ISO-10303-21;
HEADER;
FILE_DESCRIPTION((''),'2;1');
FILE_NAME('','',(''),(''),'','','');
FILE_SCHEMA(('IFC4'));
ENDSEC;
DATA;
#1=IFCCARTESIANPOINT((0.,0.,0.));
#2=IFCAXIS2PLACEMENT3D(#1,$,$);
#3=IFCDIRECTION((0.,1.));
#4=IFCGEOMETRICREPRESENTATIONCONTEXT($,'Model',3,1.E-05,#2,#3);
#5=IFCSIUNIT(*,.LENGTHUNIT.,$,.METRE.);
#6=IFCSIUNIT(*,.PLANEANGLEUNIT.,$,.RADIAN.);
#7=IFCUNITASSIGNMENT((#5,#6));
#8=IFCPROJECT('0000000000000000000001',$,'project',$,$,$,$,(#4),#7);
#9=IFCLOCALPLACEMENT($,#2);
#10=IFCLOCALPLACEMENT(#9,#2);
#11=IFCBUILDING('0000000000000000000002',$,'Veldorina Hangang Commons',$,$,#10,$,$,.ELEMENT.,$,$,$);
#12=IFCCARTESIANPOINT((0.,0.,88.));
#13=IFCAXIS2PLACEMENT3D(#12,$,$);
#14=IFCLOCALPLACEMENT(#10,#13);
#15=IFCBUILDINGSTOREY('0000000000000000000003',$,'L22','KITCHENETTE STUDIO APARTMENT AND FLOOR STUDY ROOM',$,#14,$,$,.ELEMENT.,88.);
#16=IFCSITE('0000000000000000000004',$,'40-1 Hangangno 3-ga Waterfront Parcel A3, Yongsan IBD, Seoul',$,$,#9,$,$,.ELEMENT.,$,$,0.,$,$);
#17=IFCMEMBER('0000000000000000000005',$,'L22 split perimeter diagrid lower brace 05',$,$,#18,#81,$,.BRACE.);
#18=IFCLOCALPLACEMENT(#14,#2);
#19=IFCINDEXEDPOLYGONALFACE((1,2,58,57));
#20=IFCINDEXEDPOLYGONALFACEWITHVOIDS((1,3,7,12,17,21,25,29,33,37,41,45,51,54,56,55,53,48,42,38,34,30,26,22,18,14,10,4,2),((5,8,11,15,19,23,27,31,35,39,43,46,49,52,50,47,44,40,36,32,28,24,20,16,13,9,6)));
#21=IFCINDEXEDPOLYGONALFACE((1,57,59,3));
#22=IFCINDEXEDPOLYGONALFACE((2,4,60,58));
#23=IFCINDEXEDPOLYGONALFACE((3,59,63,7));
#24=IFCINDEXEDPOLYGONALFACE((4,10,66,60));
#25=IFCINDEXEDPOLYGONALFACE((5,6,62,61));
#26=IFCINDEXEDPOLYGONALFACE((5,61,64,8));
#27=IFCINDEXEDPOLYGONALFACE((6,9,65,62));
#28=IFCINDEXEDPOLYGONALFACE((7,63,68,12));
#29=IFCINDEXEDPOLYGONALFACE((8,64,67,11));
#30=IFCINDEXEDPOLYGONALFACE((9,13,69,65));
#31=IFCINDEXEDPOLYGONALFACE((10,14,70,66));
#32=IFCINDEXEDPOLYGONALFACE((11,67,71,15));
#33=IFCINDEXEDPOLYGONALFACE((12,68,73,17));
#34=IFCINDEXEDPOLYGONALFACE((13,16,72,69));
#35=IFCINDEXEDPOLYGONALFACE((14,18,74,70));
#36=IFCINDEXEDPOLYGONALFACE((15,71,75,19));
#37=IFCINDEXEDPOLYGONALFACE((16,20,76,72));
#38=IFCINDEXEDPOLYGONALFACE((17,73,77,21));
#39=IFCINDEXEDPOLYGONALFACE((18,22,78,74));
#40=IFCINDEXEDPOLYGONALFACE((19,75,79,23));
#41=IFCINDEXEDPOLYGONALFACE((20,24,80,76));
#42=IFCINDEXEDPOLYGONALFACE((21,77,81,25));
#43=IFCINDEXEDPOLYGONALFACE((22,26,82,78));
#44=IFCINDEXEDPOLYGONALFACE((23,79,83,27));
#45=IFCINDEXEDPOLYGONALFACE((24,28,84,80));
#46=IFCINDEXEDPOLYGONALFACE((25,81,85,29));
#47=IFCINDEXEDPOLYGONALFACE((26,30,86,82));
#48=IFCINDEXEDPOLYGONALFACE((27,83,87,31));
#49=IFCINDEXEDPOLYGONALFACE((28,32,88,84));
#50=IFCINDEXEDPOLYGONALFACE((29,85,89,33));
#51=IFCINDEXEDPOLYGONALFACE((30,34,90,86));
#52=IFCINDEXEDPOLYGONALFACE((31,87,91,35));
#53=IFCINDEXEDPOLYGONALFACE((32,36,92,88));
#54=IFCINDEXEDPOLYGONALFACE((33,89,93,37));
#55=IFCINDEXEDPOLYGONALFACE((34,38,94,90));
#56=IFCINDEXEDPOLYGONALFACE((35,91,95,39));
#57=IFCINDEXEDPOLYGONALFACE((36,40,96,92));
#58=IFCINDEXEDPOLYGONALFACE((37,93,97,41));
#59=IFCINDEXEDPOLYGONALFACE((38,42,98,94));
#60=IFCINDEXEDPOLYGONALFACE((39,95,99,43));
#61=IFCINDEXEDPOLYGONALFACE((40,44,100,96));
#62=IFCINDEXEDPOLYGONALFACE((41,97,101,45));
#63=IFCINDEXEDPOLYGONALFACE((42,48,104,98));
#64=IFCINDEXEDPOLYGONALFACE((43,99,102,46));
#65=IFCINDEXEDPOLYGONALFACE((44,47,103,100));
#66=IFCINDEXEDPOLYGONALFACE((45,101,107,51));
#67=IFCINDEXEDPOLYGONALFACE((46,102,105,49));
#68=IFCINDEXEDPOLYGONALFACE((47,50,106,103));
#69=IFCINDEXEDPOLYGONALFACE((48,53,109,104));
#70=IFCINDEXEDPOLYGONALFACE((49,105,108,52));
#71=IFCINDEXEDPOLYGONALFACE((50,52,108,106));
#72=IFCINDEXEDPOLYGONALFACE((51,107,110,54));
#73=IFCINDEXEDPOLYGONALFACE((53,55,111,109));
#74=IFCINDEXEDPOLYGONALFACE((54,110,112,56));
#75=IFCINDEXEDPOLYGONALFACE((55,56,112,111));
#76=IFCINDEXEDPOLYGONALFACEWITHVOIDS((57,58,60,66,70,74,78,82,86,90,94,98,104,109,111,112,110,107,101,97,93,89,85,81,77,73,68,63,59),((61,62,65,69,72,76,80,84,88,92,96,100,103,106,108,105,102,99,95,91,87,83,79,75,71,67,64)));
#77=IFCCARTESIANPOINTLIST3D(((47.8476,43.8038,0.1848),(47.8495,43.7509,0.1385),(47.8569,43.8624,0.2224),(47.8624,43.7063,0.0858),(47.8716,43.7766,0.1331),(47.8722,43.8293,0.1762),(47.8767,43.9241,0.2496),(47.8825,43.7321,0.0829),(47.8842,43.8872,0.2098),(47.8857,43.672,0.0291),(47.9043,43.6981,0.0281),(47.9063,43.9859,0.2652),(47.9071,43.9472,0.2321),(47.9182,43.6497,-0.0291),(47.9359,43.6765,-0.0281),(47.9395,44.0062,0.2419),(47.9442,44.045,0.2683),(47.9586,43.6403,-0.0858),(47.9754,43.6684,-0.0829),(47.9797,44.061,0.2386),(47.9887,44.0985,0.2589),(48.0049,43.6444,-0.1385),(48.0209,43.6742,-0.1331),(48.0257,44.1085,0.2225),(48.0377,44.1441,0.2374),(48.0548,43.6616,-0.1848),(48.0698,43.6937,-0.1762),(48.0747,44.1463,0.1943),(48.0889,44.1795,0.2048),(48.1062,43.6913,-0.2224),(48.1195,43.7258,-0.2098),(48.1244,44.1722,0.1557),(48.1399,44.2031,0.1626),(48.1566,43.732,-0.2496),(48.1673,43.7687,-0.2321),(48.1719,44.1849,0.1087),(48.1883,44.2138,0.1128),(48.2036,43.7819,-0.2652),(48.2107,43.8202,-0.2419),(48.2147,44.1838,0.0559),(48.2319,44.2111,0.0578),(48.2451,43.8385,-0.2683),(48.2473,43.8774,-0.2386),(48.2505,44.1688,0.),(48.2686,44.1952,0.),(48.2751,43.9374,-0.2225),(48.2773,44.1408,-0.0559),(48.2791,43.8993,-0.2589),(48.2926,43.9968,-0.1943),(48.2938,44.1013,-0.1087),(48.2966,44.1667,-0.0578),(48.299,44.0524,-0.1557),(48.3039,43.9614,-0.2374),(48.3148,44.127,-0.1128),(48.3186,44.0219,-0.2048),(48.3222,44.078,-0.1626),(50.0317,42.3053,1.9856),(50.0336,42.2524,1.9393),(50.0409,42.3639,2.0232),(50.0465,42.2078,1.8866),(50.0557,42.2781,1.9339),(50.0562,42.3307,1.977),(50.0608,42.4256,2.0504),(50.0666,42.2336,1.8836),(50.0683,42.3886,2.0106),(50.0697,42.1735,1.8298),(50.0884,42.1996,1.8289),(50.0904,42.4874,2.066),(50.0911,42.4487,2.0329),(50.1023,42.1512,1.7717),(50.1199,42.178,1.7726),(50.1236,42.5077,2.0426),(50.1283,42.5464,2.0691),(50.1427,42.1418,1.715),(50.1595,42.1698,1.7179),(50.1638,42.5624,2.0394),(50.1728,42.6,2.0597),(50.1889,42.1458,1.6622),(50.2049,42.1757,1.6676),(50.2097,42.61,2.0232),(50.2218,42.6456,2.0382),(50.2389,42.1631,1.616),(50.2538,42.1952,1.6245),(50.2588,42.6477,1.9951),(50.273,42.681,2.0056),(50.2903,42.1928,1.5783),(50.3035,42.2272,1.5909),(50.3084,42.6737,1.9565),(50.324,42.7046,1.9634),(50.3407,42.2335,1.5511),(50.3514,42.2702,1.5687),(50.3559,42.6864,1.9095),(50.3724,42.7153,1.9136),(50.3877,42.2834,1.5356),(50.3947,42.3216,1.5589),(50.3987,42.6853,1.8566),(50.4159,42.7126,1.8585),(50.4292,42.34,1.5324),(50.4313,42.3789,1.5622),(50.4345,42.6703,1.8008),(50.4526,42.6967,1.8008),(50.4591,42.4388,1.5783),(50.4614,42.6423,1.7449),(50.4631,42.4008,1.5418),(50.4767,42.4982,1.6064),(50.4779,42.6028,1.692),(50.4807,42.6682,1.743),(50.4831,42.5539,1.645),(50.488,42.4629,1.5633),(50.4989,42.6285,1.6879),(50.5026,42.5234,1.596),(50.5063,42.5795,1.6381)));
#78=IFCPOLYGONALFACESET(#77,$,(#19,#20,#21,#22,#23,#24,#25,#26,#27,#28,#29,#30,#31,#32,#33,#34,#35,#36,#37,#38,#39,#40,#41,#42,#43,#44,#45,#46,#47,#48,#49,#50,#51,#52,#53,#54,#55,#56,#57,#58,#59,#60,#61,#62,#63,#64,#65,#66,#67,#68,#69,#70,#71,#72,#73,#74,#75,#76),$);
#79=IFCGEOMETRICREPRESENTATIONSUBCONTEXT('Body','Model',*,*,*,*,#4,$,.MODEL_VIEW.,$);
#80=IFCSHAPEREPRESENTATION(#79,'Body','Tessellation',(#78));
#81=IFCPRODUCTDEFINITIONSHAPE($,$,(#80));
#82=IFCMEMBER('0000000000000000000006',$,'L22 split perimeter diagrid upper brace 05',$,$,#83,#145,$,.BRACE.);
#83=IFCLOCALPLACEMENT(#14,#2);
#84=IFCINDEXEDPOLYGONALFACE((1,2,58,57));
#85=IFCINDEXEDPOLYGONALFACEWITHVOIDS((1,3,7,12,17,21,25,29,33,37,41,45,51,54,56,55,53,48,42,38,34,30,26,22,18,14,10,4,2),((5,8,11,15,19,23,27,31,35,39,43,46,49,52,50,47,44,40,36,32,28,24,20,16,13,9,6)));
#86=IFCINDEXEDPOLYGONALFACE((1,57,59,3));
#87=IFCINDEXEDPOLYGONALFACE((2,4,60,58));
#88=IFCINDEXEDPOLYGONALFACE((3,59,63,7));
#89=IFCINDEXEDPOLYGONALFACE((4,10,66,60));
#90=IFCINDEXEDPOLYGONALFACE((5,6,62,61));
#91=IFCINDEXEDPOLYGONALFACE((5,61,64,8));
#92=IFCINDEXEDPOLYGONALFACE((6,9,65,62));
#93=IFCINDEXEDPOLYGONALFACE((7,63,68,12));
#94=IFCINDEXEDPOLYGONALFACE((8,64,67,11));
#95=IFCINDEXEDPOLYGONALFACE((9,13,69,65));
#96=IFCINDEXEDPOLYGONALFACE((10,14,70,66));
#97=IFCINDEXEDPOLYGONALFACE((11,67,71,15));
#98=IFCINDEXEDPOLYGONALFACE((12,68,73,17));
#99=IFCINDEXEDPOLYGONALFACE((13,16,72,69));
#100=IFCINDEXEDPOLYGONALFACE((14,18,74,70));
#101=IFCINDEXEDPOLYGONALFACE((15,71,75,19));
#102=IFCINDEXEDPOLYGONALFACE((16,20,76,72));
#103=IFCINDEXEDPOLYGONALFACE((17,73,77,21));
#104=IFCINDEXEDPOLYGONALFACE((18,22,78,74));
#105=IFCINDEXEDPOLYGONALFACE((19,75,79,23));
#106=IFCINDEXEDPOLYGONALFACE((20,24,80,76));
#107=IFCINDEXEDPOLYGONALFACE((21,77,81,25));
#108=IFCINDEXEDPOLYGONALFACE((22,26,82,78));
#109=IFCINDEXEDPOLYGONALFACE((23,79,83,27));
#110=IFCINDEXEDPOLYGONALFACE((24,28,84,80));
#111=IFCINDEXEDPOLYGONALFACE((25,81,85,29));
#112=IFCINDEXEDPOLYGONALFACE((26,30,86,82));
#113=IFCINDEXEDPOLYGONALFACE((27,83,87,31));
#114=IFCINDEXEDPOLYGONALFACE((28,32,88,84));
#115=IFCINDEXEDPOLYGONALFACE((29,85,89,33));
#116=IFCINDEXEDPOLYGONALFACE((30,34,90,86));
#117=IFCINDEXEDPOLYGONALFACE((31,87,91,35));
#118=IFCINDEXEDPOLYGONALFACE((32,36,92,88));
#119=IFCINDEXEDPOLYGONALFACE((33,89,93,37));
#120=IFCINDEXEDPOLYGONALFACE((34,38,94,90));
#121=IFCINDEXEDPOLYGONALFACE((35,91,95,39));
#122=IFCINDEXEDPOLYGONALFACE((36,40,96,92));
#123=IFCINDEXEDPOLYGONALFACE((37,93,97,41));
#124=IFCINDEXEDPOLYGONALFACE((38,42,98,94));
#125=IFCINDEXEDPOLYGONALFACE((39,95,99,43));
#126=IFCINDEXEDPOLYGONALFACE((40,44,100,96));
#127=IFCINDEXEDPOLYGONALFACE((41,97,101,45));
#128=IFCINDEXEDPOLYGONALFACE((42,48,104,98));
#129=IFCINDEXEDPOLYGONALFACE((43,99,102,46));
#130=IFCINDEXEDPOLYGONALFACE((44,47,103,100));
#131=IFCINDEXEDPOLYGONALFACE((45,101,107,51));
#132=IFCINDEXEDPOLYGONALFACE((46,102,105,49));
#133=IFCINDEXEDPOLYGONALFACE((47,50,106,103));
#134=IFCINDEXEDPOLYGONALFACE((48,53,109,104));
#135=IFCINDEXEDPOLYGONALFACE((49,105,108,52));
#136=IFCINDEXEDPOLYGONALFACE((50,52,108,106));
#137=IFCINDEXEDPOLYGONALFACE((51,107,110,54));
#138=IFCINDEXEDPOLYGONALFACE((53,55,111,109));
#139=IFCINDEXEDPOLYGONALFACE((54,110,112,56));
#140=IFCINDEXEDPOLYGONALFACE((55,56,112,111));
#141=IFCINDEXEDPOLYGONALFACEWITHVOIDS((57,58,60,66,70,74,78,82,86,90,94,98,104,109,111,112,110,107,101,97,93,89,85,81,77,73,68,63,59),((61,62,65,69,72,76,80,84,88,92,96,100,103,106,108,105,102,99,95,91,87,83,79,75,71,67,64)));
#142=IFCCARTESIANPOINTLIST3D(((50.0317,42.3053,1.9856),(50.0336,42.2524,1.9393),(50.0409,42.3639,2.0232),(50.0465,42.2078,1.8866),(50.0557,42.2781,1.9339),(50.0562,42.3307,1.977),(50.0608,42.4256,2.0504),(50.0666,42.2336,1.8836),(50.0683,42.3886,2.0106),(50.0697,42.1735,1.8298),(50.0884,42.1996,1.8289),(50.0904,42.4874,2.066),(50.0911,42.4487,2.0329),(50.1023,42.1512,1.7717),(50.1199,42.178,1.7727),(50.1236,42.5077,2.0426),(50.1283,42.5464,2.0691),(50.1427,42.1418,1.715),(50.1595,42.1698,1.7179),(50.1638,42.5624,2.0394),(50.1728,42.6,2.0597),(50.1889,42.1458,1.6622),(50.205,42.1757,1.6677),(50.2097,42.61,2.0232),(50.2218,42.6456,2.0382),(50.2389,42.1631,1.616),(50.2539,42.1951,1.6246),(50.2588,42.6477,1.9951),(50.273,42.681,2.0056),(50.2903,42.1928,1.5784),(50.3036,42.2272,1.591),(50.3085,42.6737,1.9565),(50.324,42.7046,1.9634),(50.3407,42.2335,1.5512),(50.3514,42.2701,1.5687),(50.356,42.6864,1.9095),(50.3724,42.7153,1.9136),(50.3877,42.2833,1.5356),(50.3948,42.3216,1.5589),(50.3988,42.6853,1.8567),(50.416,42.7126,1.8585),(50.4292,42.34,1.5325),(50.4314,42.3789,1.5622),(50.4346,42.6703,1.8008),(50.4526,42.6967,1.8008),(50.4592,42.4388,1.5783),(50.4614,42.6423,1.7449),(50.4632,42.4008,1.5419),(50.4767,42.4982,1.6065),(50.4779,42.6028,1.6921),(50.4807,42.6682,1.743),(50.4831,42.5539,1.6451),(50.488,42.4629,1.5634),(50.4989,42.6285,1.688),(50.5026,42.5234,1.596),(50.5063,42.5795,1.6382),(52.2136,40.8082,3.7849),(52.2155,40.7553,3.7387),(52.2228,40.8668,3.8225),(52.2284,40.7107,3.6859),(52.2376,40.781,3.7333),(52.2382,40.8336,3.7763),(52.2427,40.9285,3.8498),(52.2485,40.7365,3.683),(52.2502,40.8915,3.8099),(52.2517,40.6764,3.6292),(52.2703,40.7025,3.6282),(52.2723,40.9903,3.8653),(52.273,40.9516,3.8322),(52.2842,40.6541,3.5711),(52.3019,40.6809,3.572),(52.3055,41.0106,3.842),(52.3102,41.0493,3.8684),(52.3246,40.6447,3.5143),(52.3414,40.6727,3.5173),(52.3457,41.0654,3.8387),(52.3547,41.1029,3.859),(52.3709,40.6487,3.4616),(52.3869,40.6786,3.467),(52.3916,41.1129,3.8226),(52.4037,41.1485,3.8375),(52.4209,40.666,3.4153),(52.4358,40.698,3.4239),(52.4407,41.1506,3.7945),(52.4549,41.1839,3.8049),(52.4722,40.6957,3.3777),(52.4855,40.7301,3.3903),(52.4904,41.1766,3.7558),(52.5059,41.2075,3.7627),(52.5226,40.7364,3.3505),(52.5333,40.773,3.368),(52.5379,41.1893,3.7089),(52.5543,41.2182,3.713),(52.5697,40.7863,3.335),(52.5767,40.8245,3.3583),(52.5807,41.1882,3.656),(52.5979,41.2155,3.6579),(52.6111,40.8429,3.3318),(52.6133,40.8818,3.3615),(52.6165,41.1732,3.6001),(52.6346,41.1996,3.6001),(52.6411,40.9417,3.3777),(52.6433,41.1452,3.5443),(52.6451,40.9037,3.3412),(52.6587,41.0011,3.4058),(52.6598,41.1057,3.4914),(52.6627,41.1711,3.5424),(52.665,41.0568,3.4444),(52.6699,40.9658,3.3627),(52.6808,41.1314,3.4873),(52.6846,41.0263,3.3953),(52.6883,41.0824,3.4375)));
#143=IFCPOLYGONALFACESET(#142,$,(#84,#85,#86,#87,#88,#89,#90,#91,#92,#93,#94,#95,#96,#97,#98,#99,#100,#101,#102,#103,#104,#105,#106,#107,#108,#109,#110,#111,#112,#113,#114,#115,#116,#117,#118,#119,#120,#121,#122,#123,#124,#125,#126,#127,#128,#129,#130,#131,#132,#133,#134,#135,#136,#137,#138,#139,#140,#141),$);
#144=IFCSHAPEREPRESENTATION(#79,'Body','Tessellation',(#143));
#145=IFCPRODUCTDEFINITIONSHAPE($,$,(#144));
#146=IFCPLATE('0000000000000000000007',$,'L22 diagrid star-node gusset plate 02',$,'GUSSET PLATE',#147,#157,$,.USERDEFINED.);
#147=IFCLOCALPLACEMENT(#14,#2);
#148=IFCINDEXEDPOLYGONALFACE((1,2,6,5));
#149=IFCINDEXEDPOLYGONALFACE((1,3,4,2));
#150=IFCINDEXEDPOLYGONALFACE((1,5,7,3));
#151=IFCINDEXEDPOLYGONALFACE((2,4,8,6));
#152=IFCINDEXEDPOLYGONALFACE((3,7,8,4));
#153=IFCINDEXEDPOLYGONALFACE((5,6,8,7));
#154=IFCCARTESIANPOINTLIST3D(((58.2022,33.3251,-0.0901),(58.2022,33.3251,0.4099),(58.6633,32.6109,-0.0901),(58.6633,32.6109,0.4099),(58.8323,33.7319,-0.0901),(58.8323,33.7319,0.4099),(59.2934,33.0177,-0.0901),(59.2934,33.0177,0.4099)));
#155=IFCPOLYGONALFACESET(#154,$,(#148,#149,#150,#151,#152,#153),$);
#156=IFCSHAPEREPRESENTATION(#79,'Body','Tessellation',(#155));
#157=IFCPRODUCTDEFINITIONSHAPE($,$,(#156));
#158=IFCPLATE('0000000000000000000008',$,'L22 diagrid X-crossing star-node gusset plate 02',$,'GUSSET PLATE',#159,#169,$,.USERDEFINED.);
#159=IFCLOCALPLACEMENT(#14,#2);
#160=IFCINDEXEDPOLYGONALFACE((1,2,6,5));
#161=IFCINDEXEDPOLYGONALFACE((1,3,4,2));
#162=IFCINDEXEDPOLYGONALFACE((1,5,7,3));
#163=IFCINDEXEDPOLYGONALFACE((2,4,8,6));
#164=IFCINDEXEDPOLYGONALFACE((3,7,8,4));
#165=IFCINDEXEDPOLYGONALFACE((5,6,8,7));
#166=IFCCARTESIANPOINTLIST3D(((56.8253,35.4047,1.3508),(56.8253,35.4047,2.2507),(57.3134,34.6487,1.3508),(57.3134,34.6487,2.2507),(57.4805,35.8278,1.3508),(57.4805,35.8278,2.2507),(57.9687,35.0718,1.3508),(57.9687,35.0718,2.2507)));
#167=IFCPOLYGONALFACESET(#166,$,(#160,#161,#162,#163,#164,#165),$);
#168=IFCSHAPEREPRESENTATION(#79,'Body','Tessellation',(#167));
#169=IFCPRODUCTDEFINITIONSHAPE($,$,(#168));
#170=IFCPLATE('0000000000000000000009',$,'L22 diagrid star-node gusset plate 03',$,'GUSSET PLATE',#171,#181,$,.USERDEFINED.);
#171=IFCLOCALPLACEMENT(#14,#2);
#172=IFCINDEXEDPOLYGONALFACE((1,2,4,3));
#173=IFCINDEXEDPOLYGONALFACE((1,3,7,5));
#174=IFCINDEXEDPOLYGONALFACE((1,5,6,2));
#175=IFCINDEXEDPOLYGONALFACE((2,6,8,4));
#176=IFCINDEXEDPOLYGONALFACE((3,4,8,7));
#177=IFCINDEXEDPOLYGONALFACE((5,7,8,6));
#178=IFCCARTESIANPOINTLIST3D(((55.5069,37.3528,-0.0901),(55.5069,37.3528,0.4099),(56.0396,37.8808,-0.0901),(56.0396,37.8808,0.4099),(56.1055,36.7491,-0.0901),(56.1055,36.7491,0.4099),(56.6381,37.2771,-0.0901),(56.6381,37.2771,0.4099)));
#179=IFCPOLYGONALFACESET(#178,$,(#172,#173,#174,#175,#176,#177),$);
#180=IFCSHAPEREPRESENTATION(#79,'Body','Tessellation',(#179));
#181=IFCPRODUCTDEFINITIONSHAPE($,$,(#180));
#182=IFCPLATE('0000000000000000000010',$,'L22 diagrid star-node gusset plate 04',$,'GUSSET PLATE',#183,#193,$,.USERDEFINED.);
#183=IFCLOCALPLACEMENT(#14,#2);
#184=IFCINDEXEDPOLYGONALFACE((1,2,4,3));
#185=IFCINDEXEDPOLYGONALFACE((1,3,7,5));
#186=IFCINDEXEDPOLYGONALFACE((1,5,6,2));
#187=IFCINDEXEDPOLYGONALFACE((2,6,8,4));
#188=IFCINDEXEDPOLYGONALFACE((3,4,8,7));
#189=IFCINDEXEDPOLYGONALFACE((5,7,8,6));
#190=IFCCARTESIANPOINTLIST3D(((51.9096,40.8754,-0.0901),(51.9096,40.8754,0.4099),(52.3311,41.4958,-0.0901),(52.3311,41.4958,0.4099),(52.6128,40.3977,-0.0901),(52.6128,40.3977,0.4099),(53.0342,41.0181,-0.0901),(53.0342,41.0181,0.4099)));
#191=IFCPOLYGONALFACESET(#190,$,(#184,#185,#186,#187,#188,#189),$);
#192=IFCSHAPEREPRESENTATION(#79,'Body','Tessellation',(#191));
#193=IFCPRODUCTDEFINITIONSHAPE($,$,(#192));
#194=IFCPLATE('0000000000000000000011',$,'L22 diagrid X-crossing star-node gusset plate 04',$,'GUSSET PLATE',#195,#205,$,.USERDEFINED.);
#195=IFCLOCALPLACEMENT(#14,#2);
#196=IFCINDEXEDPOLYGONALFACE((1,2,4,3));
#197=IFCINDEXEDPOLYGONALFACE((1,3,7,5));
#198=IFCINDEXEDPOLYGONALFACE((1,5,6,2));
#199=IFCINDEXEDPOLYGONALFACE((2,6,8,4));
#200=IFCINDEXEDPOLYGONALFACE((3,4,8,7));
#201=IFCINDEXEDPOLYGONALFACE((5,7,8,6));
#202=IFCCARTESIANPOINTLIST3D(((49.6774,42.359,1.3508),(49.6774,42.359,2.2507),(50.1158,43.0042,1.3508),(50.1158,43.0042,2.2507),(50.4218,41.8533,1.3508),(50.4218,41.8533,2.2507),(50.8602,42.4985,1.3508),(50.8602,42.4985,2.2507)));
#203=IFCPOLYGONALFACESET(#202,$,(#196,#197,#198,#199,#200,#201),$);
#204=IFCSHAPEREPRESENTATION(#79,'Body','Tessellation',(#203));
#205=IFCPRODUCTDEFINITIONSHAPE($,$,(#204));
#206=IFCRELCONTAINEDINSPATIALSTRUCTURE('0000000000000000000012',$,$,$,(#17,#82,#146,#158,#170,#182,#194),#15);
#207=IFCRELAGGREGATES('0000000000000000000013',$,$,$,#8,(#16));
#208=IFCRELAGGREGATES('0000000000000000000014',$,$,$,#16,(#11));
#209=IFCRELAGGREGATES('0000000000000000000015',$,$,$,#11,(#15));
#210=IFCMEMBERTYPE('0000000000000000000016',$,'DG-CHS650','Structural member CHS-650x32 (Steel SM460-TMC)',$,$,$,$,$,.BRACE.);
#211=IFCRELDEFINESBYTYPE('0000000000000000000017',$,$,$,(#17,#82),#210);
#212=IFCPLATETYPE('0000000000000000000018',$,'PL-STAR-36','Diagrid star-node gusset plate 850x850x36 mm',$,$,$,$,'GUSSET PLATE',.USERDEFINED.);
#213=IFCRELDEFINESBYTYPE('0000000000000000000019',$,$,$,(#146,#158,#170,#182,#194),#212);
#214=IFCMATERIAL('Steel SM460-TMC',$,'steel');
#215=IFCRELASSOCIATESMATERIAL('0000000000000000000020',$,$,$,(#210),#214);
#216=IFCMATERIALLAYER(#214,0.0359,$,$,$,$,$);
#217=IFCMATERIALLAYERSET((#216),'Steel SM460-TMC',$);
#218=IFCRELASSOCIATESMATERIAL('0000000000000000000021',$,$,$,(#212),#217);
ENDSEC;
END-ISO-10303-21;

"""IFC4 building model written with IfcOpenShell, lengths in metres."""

from ifc_helpers import new_model, si_unit, direction, frame, origin, origin_2d, place, context, subcontext, project, spatial, rectangle, hollow_circle, extrude, material, layer, layer_set, material_profile, profile_set, type_object, element, save


model = new_model("IFC4")

# Units and contexts
model_context = context("Model", 3, precision=1e-05, world=origin(), true_north=direction((0.0, 1.0)))
body_context = subcontext(model_context, "Body", "Model", "MODEL_VIEW")
ifc_project = project(units=[si_unit("LENGTHUNIT", "METRE"), si_unit("PLANEANGLEUNIT", "RADIAN")], contexts=[model_context])

# Site, building, storey
site_placement = place(None, origin())
site = spatial("IfcSite", under=ifc_project, at=site_placement, Name="40-1 Hangangno 3-ga Waterfront Parcel A3, Yongsan IBD, Seoul", CompositionType="ELEMENT", RefElevation=0.0)
building_placement = place(site_placement, origin())
building = spatial("IfcBuilding", under=site, at=building_placement, Name="Veldorina Hangang Commons", CompositionType="ELEMENT")
storey_placement = place(building_placement, frame((0.0, 0.0, 88.0)))
storey = spatial("IfcBuildingStorey", under=building, at=storey_placement, Name="L22", Description="KITCHENETTE STUDIO APARTMENT AND FLOOR STUDY ROOM", CompositionType="ELEMENT", Elevation=88.0)

# Members
ifc_material_1 = material(Name="Steel SM460-TMC", Category="steel")
ifc_material_profile_1 = material_profile(ifc_material_1, hollow_circle(Radius=0.325, WallThickness=0.032, at=origin_2d()), Name="CHS-650x32")
ifc_profile_set_1 = profile_set([ifc_material_profile_1], Name="Steel SM460-TMC")
member_type = type_object("IfcMemberType", Name="DG-CHS650", Description="Structural member CHS-650x32 (Steel SM460-TMC)", PredefinedType="BRACE", material=ifc_profile_set_1)
member_1_placement = place(storey_placement, frame((48.0847, 43.9272, 0.0), z_axis=(0.681905, -0.467867, 0.562233), x_axis=(0.565754, 0.824574, 0.0)))
element("IfcMember", 1, at=member_1_placement, inside=storey, type_object=member_type, Name="L22 split perimeter diagrid lower brace 05", PredefinedType="BRACE", context=body_context, shape_type="SweptSolid", body=[
    extrude(hollow_circle(Radius=0.325, WallThickness=0.032, at=origin_2d()), origin(), (0.0, 0.0, 1.0), 3.2029),
])
member_2_placement = place(storey_placement, frame((50.2688, 42.4287, 1.8008), z_axis=(0.68186, -0.467849, 0.562303), x_axis=(0.565765, 0.824567, 0.0)))
element("IfcMember", 2, at=member_2_placement, inside=storey, type_object=member_type, Name="L22 split perimeter diagrid upper brace 05", PredefinedType="BRACE", context=body_context, shape_type="SweptSolid", body=[
    extrude(hollow_circle(Radius=0.325, WallThickness=0.032, at=origin_2d()), origin(), (0.0, 0.0, 1.0), 3.2),
])

# Plates
ifc_layer_1 = layer(ifc_material_1, 0.0359)
ifc_layer_set_1 = layer_set([ifc_layer_1], Name="Steel SM460-TMC")
plate_type = type_object("IfcPlateType", Name="PL-STAR-36", Description="Diagrid star-node gusset plate 850x850x36 mm", ElementType="GUSSET PLATE", PredefinedType="USERDEFINED", material=ifc_layer_set_1)
plate_1_placement = place(storey_placement, frame((58.7478, 33.1714, -0.0901), z_axis=(0.0, 0.0, 1.0), x_axis=(-0.542442, 0.840094, 0.0)))
element("IfcPlate", 3, at=plate_1_placement, inside=storey, type_object=plate_type, Name="L22 diagrid star-node gusset plate 02", ObjectType="GUSSET PLATE", PredefinedType="USERDEFINED", context=body_context, shape_type="SweptSolid", body=[
    extrude(rectangle(XDim=0.8501, YDim=0.75, at=origin_2d()), origin(), (0.0, 0.0, 1.0), 0.5),
])
plate_2_placement = place(storey_placement, frame((57.397, 35.2383, 1.3508), z_axis=(0.0, 0.0, 1.0), x_axis=(-0.542442, 0.840094, 0.0)))
element("IfcPlate", 4, at=plate_2_placement, inside=storey, type_object=plate_type, Name="L22 diagrid X-crossing star-node gusset plate 02", ObjectType="GUSSET PLATE", PredefinedType="USERDEFINED", context=body_context, shape_type="SweptSolid", body=[
    extrude(rectangle(XDim=0.8999, YDim=0.78, at=origin_2d()), origin(), (0.0, 0.0, 1.0), 0.8999),
])
for number, where, z_axis, x_axis, name in (
    (5, (56.0725, 37.3149, -0.0901), (0.0, 0.0, 1.0), (-0.704052, 0.710149, 0.0), "L22 diagrid star-node gusset plate 03"),
    (6, (52.4719, 40.9468, -0.0901), (0.0, 0.0, 1.0), (-0.827169, 0.561953, 0.0), "L22 diagrid star-node gusset plate 04"),
):
    element("IfcPlate", number, at=place(storey_placement, frame(where, z_axis=z_axis, x_axis=x_axis)), inside=storey, type_object=plate_type, Name=name, ObjectType="GUSSET PLATE", PredefinedType="USERDEFINED", context=body_context, shape_type="SweptSolid", body=[
        extrude(rectangle(XDim=0.8501, YDim=0.75, at=origin_2d()), origin(), (0.0, 0.0, 1.0), 0.5),
    ])
plate_3_placement = place(storey_placement, frame((50.2688, 42.4287, 1.3508), z_axis=(0.0, 0.0, 1.0), x_axis=(-0.827169, 0.561953, 0.0)))
element("IfcPlate", 7, at=plate_3_placement, inside=storey, type_object=plate_type, Name="L22 diagrid X-crossing star-node gusset plate 04", ObjectType="GUSSET PLATE", PredefinedType="USERDEFINED", context=body_context, shape_type="SweptSolid", body=[
    extrude(rectangle(XDim=0.8999, YDim=0.78, at=origin_2d()), origin(), (0.0, 0.0, 1.0), 0.8999),
])

save(model, "model.ifc")
